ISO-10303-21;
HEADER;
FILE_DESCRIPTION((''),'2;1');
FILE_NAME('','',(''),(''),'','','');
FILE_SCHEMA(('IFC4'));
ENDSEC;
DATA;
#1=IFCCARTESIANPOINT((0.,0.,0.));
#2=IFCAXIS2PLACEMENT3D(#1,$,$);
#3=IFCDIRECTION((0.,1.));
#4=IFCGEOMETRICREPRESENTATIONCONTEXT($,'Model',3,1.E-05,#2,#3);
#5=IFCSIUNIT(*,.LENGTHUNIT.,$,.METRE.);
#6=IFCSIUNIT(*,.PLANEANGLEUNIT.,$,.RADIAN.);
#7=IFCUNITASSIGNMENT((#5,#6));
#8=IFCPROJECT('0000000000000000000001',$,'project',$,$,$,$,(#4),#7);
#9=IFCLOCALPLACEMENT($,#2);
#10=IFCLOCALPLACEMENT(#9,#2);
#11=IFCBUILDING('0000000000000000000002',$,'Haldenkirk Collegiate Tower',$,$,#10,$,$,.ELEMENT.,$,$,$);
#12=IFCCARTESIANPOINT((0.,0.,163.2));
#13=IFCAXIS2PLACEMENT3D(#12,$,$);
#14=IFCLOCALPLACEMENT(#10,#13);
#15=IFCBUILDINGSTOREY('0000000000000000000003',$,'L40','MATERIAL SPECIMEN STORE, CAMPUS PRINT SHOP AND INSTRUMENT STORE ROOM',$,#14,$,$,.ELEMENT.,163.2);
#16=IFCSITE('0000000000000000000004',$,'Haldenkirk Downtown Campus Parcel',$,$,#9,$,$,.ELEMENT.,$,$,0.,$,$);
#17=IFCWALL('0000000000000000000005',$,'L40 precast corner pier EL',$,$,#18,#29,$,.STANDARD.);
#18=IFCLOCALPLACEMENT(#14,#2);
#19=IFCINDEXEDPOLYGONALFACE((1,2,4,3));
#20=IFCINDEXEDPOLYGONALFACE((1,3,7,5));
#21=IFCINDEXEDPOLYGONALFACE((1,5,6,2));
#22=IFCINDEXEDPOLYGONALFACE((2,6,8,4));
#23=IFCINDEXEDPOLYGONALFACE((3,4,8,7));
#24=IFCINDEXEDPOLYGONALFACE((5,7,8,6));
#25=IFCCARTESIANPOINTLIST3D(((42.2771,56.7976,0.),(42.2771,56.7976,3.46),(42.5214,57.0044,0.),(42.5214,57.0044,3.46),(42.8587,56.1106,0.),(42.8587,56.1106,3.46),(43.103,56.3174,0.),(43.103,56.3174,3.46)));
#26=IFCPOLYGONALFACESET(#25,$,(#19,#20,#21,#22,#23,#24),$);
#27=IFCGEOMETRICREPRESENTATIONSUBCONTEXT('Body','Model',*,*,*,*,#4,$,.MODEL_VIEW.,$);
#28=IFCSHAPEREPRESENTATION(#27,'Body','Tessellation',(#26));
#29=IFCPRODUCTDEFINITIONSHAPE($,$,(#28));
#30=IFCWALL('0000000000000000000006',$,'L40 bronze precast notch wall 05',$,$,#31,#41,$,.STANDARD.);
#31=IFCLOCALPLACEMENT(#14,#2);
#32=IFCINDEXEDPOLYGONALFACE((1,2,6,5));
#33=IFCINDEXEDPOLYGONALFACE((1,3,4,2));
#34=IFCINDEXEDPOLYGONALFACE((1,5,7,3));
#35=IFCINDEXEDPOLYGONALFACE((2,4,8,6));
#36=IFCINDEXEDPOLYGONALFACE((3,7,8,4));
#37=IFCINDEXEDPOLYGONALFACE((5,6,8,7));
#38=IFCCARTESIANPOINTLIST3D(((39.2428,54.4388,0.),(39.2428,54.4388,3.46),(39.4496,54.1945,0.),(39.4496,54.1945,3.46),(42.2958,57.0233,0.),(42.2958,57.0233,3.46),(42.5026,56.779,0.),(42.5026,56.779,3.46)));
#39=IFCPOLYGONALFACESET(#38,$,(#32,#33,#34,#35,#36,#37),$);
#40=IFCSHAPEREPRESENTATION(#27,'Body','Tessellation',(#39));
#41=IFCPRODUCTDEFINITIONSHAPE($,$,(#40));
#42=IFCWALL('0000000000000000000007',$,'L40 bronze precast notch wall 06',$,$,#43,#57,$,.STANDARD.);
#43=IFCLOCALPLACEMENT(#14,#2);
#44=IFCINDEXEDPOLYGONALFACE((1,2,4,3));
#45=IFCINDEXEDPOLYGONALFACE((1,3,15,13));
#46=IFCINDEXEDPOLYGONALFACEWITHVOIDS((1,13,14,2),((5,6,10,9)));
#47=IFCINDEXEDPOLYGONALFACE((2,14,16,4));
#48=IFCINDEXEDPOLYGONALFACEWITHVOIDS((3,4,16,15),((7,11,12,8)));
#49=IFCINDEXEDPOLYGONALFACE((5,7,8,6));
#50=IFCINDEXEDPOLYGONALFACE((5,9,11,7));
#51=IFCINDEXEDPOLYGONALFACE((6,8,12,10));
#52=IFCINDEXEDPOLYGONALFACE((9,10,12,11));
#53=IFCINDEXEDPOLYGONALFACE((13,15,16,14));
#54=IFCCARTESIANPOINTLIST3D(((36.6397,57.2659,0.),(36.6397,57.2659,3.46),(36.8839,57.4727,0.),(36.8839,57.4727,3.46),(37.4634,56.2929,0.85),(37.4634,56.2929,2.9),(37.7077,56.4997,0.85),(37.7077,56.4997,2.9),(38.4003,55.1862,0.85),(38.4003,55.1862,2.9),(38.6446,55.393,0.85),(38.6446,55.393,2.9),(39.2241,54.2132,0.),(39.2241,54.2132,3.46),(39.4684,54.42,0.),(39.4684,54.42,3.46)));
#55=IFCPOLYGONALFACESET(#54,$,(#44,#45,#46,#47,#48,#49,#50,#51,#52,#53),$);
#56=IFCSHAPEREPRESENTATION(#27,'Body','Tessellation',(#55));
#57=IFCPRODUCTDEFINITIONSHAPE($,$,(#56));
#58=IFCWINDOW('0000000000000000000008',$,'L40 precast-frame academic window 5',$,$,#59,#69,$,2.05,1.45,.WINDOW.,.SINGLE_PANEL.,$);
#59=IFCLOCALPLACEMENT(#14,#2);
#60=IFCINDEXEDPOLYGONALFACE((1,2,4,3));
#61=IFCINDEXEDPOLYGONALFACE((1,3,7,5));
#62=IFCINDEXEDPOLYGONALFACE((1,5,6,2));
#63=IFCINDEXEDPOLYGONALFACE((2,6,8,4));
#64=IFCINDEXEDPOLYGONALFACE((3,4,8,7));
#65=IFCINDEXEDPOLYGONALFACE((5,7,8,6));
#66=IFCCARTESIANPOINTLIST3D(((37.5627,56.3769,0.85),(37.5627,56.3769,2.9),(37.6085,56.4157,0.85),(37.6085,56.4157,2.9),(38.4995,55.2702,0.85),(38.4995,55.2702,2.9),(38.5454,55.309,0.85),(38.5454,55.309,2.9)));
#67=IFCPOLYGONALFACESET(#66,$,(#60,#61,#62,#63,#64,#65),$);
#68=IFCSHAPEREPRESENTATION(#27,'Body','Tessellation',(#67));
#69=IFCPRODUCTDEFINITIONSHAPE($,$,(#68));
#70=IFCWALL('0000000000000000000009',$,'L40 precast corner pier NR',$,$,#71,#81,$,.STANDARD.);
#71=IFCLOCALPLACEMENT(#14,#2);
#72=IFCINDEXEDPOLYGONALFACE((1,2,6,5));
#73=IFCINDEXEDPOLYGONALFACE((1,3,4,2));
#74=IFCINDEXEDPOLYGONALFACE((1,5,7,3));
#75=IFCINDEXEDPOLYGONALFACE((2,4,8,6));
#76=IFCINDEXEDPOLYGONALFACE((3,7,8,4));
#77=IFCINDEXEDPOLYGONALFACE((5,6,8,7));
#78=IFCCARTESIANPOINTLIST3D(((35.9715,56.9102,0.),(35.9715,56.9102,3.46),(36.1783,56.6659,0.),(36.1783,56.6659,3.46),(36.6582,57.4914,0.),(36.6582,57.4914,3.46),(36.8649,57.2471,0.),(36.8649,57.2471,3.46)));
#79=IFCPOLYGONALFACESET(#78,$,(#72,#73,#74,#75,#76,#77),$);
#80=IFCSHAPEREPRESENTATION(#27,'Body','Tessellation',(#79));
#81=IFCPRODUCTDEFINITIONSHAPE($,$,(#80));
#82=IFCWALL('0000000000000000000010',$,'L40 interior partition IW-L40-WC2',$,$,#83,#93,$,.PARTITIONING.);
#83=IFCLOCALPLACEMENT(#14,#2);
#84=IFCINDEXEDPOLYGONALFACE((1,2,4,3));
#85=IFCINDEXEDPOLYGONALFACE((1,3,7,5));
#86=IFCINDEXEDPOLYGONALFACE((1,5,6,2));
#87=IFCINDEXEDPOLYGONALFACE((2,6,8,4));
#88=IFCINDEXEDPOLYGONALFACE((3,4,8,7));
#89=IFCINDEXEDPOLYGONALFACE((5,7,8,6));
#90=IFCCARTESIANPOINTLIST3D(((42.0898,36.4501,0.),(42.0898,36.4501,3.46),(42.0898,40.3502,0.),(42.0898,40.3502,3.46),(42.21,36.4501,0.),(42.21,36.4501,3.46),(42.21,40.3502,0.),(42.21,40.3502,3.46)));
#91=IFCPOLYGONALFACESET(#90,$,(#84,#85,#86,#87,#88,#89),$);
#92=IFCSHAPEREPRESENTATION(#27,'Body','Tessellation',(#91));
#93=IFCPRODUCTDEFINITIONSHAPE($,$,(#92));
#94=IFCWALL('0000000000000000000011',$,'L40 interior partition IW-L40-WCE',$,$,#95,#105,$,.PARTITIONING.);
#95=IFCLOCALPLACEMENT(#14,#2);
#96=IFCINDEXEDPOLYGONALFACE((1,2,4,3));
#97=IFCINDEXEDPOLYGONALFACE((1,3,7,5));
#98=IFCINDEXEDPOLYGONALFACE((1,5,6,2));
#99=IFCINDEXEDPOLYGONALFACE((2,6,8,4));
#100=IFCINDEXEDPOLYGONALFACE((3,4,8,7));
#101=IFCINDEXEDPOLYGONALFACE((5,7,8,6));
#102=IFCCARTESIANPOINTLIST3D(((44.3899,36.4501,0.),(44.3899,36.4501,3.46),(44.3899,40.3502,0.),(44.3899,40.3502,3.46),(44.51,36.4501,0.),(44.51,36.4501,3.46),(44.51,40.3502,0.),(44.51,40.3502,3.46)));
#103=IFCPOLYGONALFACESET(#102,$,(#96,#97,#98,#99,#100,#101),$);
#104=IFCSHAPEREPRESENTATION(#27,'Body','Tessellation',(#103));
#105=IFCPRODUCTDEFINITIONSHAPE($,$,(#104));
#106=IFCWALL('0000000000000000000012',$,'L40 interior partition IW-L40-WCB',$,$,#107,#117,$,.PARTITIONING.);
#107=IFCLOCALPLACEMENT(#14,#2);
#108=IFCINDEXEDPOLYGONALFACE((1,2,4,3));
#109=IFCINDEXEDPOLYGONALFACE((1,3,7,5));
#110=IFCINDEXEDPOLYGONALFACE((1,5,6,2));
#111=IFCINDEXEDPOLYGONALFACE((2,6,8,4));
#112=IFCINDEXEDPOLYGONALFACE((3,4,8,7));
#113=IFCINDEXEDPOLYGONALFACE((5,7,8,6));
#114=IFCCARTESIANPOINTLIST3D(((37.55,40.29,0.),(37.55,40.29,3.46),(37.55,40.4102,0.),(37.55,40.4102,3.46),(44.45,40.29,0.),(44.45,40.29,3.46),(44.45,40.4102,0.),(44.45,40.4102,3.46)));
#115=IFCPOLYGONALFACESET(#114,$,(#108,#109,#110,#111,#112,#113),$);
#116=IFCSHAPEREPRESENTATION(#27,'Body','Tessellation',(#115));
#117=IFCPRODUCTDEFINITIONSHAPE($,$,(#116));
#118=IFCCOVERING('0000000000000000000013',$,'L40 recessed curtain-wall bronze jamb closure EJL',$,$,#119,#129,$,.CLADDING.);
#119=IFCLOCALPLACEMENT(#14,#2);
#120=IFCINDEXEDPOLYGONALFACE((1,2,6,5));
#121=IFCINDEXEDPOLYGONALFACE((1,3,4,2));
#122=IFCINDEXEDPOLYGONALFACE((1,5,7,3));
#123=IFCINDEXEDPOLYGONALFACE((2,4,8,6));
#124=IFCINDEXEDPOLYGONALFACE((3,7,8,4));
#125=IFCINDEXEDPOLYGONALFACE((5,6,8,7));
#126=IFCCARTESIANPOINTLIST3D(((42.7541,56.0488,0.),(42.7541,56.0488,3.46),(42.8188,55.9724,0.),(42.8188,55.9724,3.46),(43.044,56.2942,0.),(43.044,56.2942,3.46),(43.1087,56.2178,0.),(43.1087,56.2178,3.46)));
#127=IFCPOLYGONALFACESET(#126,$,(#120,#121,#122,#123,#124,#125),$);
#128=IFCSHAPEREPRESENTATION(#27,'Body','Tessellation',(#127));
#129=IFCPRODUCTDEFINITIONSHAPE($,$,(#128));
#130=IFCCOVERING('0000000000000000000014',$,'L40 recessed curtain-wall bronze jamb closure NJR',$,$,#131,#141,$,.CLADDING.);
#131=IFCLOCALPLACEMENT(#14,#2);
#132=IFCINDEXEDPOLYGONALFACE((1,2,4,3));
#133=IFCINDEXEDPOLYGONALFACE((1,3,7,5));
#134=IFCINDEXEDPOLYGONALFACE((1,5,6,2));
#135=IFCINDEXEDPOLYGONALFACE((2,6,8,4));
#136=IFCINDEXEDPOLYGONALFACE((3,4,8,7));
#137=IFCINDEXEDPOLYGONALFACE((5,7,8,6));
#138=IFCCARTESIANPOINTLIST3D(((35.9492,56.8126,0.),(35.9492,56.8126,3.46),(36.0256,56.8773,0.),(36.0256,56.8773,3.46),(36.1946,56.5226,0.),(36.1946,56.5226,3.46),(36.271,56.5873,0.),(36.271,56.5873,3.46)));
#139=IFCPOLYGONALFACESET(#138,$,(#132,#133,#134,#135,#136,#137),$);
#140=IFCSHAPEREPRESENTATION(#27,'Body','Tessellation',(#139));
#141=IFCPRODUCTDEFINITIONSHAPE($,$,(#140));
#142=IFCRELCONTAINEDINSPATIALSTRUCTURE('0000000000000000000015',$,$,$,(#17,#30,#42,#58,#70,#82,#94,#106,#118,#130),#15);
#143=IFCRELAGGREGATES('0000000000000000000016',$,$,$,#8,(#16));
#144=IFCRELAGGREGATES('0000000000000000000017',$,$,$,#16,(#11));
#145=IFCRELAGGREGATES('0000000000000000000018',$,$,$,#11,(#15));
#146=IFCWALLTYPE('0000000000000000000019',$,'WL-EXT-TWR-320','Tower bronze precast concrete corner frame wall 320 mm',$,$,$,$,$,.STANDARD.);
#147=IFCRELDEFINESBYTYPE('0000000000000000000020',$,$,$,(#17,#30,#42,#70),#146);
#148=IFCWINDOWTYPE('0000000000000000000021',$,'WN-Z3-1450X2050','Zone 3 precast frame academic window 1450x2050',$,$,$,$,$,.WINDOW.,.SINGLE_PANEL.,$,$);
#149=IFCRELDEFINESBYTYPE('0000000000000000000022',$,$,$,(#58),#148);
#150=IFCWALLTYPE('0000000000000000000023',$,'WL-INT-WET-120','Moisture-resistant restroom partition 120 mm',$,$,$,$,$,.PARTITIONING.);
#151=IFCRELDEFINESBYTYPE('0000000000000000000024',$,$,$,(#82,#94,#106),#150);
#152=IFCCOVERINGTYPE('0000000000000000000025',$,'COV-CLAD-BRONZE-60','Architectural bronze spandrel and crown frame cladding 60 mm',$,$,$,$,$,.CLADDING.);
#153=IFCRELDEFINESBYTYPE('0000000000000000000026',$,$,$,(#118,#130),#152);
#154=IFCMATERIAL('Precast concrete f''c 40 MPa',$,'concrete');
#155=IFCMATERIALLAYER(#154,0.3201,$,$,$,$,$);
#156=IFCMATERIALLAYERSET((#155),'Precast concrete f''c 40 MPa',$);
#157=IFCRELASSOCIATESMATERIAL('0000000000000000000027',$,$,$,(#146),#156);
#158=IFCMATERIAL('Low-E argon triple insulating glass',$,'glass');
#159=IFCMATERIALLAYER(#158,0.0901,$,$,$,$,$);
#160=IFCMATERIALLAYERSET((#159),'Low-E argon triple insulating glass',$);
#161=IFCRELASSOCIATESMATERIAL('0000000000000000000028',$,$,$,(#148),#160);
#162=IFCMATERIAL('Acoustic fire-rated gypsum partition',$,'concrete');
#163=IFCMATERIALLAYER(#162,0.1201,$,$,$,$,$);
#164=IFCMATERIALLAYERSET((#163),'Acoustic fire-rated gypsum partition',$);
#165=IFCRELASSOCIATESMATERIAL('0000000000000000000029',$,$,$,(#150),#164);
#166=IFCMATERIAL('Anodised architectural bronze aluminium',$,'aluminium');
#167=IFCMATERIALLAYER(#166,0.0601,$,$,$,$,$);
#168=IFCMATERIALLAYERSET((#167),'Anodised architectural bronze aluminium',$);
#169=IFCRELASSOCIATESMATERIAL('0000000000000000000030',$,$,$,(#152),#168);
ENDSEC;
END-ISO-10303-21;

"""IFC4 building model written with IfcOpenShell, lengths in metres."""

from ifc_helpers import new_model, si_unit, direction, frame, frame_2d, origin, origin_2d, place, context, subcontext, project, spatial, rectangle, extrude, source, transform, mapped, material, layer, layer_set, type_object, element, fill, save


model = new_model("IFC4")

# Units and contexts
model_context = context("Model", 3, precision=1e-05, world=origin(), true_north=direction((0.0, 1.0)))
body_context = subcontext(model_context, "Body", "Model", "MODEL_VIEW")
ifc_project = project(units=[si_unit("LENGTHUNIT", "METRE"), si_unit("PLANEANGLEUNIT", "RADIAN")], contexts=[model_context])

# Site, building, storey
site_placement = place(None, origin())
site = spatial("IfcSite", under=ifc_project, at=site_placement, Name="Haldenkirk Downtown Campus Parcel", CompositionType="ELEMENT", RefElevation=0.0)
building_placement = place(site_placement, origin())
building = spatial("IfcBuilding", under=site, at=building_placement, Name="Haldenkirk Collegiate Tower", CompositionType="ELEMENT")
storey_placement = place(building_placement, frame((0.0, 0.0, 163.2)))
storey = spatial("IfcBuildingStorey", under=building, at=storey_placement, Name="L40", Description="MATERIAL SPECIMEN STORE, CAMPUS PRINT SHOP AND INSTRUMENT STORE ROOM", CompositionType="ELEMENT", Elevation=163.2)

# Shared definitions
ifc_material_1 = material(Name="Anodised architectural bronze aluminium", Category="aluminium")

# Walls
ifc_material_2 = material(Name="Precast concrete f'c 40 MPa", Category="concrete")
ifc_layer_1 = layer(ifc_material_2, 0.3201)
ifc_layer_set_1 = layer_set([ifc_layer_1], Name="Precast concrete f'c 40 MPa")
wall_type_1 = type_object("IfcWallType", Name="WL-EXT-TWR-320", Description="Tower bronze precast concrete corner frame wall 320 mm", PredefinedType="STANDARD", material=ifc_layer_set_1)
wall_1_placement = place(storey_placement, frame((42.3992, 56.9011, 0.0), z_axis=(0.0, 0.0, 1.0), x_axis=(0.646088, -0.763263, 0.0)))
element("IfcWall", 1, at=wall_1_placement, inside=storey, type_object=wall_type_1, Name="L40 precast corner pier EL", PredefinedType="STANDARD", context=body_context, shape_type="SweptSolid", body=[
    extrude(rectangle(XDim=0.9001, YDim=0.3201, at=frame_2d((0.4502, 0.0))), origin(), (0.0, 0.0, 1.0), 3.46),
])
wall_2_placement = place(storey_placement, frame((39.3462, 54.3167, 0.0), z_axis=(0.0, 0.0, 1.0), x_axis=(0.76324, 0.646115, 0.0)))
element("IfcWall", 2, at=wall_2_placement, inside=storey, type_object=wall_type_1, Name="L40 bronze precast notch wall 05", PredefinedType="STANDARD", context=body_context, shape_type="SweptSolid", body=[
    extrude(rectangle(XDim=4.0, YDim=0.3201, at=frame_2d((2.0, 0.0))), origin(), (0.0, 0.0, 1.0), 3.46),
])

# Wall, opening, window
wall_3_placement = place(storey_placement, frame((36.7617, 57.3694, 0.0), z_axis=(0.0, 0.0, 1.0), x_axis=(0.646145, -0.763215, 0.0)))
wall_3 = element("IfcWall", 3, at=wall_3_placement, inside=storey, type_object=wall_type_1, Name="L40 bronze precast notch wall 06", PredefinedType="STANDARD", context=body_context, shape_type="SweptSolid", body=[
    extrude(rectangle(XDim=3.9998, YDim=0.3201, at=frame_2d((2.0, 0.0))), origin(), (0.0, 0.0, 1.0), 3.46),
])
opening_placement = place(wall_3_placement, frame((1.2749, 0.0, 0.8501)))
opening = element("IfcOpeningElement", 4, at=opening_placement, cuts=wall_3, PredefinedType="OPENING", context=body_context, shape_type="SweptSolid", body=[
    extrude(rectangle(XDim=1.45, YDim=2.05, at=frame_2d((0.7251, 1.0249))), frame((0.0, 0.1699, 0.0), z_axis=(0.0, -1.0, 0.0), x_axis=(1.0, 0.0, 0.0)), (0.0, 0.0, 1.0), 0.3401),
])
ifc_material_3 = material(Name="Low-E argon triple insulating glass", Category="glass")
ifc_layer_2 = layer(ifc_material_3, 0.0901)
ifc_layer_set_2 = layer_set([ifc_layer_2], Name="Low-E argon triple insulating glass")
window_type = type_object("IfcWindowType", Name="WN-Z3-1450X2050", Description="Zone 3 precast frame academic window 1450x2050", PartitioningType="SINGLE_PANEL", PredefinedType="WINDOW", material=ifc_layer_set_2)
window_placement = place(opening_placement, origin())
window = element("IfcWindow", 5, at=window_placement, inside=storey, type_object=window_type, Name="L40 precast-frame academic window 5", OverallHeight=2.05, OverallWidth=1.45, PartitioningType="SINGLE_PANEL", PredefinedType="WINDOW", context=body_context, shape_type="SweptSolid", body=[
    extrude(rectangle(XDim=1.45, YDim=2.05, at=frame_2d((0.7251, 1.0249))), frame((0.0, 0.03, 0.0), z_axis=(0.0, -1.0, 0.0), x_axis=(1.0, 0.0, 0.0)), (0.0, 0.0, 1.0), 0.0601),
])
fill(opening, window)

# Walls
wall_4_placement = place(storey_placement, frame((36.075, 56.7881, 0.0), z_axis=(0.0, 0.0, 1.0), x_axis=(0.763283, 0.646064, 0.0)))
element("IfcWall", 6, at=wall_4_placement, inside=storey, type_object=wall_type_1, Name="L40 precast corner pier NR", PredefinedType="STANDARD", context=body_context, shape_type="SweptSolid", body=[
    extrude(rectangle(XDim=0.8997, YDim=0.3201, at=frame_2d((0.4497, 0.0))), origin(), (0.0, 0.0, 1.0), 3.46),
])
ifc_material_4 = material(Name="Acoustic fire-rated gypsum partition", Category="concrete")
ifc_layer_3 = layer(ifc_material_4, 0.1201)
ifc_layer_set_3 = layer_set([ifc_layer_3], Name="Acoustic fire-rated gypsum partition")
wall_type_2 = type_object("IfcWallType", Name="WL-INT-WET-120", Description="Moisture-resistant restroom partition 120 mm", PredefinedType="PARTITIONING", material=ifc_layer_set_3)
for number, where, z_axis, x_axis, name in (
    (7, (42.1499, 36.45, 0.0), (0.0, 0.0, 1.0), (0.0, 1.0, 0.0), "L40 interior partition IW-L40-WC2"),
    (8, (44.45, 36.45, 0.0), (0.0, 0.0, 1.0), (0.0, 1.0, 0.0), "L40 interior partition IW-L40-WCE"),
):
    element("IfcWall", number, at=place(storey_placement, frame(where, z_axis=z_axis, x_axis=x_axis)), inside=storey, type_object=wall_type_2, Name=name, PredefinedType="PARTITIONING", context=body_context, shape_type="SweptSolid", body=[
        extrude(rectangle(XDim=3.9001, YDim=0.1201, at=frame_2d((1.9502, 0.0))), origin(), (0.0, 0.0, 1.0), 3.46),
    ])
wall_5_placement = place(storey_placement, frame((37.55, 40.3501, 0.0), z_axis=(0.0, 0.0, 1.0), x_axis=(1.0, 0.0, 0.0)))
element("IfcWall", 9, at=wall_5_placement, inside=storey, type_object=wall_type_2, Name="L40 interior partition IW-L40-WCB", PredefinedType="PARTITIONING", context=body_context, shape_type="SweptSolid", body=[
    extrude(rectangle(XDim=6.8999, YDim=0.1201, at=frame_2d((3.45, 0.0))), origin(), (0.0, 0.0, 1.0), 3.46),
])

# Coverings
ifc_layer_4 = layer(ifc_material_1, 0.0601)
ifc_layer_set_4 = layer_set([ifc_layer_4], Name="Anodised architectural bronze aluminium")
covering_type = type_object("IfcCoveringType", Name="COV-CLAD-BRONZE-60", Description="Architectural bronze spandrel and crown frame cladding 60 mm", PredefinedType="CLADDING", material=ifc_layer_set_4)
shared_shape = source(origin(), body_context, "Body", "SweptSolid", [
    extrude(rectangle(XDim=0.1001, YDim=0.3799, at=origin_2d()), origin(), (0.0, 0.0, 1.0), 3.46),
])
for number, where, z_axis, x_axis, name in (
    (10, (42.9314, 56.1333, 0.0), (0.0, 0.0, 1.0), (0.646124, -0.763232, 0.0), "L40 recessed curtain-wall bronze jamb closure EJL"),
    (11, (36.1101, 56.7, 0.0), (0.0, 0.0, 1.0), (0.763232, 0.646124, 0.0), "L40 recessed curtain-wall bronze jamb closure NJR"),
):
    element("IfcCovering", number, at=place(storey_placement, frame(where, z_axis=z_axis, x_axis=x_axis)), inside=storey, type_object=covering_type, Name=name, PredefinedType="CLADDING", context=body_context, shape_type="MappedRepresentation", body=[
        mapped(shared_shape, transform((0.0, 0.0, 0.0), x_axis=(1.0, 0.0, 0.0), y_axis=(0.0, 1.0, 0.0), z_axis=(0.0, 0.0, 1.0), scale=1.0)),
    ])

save(model, "model.ifc")
